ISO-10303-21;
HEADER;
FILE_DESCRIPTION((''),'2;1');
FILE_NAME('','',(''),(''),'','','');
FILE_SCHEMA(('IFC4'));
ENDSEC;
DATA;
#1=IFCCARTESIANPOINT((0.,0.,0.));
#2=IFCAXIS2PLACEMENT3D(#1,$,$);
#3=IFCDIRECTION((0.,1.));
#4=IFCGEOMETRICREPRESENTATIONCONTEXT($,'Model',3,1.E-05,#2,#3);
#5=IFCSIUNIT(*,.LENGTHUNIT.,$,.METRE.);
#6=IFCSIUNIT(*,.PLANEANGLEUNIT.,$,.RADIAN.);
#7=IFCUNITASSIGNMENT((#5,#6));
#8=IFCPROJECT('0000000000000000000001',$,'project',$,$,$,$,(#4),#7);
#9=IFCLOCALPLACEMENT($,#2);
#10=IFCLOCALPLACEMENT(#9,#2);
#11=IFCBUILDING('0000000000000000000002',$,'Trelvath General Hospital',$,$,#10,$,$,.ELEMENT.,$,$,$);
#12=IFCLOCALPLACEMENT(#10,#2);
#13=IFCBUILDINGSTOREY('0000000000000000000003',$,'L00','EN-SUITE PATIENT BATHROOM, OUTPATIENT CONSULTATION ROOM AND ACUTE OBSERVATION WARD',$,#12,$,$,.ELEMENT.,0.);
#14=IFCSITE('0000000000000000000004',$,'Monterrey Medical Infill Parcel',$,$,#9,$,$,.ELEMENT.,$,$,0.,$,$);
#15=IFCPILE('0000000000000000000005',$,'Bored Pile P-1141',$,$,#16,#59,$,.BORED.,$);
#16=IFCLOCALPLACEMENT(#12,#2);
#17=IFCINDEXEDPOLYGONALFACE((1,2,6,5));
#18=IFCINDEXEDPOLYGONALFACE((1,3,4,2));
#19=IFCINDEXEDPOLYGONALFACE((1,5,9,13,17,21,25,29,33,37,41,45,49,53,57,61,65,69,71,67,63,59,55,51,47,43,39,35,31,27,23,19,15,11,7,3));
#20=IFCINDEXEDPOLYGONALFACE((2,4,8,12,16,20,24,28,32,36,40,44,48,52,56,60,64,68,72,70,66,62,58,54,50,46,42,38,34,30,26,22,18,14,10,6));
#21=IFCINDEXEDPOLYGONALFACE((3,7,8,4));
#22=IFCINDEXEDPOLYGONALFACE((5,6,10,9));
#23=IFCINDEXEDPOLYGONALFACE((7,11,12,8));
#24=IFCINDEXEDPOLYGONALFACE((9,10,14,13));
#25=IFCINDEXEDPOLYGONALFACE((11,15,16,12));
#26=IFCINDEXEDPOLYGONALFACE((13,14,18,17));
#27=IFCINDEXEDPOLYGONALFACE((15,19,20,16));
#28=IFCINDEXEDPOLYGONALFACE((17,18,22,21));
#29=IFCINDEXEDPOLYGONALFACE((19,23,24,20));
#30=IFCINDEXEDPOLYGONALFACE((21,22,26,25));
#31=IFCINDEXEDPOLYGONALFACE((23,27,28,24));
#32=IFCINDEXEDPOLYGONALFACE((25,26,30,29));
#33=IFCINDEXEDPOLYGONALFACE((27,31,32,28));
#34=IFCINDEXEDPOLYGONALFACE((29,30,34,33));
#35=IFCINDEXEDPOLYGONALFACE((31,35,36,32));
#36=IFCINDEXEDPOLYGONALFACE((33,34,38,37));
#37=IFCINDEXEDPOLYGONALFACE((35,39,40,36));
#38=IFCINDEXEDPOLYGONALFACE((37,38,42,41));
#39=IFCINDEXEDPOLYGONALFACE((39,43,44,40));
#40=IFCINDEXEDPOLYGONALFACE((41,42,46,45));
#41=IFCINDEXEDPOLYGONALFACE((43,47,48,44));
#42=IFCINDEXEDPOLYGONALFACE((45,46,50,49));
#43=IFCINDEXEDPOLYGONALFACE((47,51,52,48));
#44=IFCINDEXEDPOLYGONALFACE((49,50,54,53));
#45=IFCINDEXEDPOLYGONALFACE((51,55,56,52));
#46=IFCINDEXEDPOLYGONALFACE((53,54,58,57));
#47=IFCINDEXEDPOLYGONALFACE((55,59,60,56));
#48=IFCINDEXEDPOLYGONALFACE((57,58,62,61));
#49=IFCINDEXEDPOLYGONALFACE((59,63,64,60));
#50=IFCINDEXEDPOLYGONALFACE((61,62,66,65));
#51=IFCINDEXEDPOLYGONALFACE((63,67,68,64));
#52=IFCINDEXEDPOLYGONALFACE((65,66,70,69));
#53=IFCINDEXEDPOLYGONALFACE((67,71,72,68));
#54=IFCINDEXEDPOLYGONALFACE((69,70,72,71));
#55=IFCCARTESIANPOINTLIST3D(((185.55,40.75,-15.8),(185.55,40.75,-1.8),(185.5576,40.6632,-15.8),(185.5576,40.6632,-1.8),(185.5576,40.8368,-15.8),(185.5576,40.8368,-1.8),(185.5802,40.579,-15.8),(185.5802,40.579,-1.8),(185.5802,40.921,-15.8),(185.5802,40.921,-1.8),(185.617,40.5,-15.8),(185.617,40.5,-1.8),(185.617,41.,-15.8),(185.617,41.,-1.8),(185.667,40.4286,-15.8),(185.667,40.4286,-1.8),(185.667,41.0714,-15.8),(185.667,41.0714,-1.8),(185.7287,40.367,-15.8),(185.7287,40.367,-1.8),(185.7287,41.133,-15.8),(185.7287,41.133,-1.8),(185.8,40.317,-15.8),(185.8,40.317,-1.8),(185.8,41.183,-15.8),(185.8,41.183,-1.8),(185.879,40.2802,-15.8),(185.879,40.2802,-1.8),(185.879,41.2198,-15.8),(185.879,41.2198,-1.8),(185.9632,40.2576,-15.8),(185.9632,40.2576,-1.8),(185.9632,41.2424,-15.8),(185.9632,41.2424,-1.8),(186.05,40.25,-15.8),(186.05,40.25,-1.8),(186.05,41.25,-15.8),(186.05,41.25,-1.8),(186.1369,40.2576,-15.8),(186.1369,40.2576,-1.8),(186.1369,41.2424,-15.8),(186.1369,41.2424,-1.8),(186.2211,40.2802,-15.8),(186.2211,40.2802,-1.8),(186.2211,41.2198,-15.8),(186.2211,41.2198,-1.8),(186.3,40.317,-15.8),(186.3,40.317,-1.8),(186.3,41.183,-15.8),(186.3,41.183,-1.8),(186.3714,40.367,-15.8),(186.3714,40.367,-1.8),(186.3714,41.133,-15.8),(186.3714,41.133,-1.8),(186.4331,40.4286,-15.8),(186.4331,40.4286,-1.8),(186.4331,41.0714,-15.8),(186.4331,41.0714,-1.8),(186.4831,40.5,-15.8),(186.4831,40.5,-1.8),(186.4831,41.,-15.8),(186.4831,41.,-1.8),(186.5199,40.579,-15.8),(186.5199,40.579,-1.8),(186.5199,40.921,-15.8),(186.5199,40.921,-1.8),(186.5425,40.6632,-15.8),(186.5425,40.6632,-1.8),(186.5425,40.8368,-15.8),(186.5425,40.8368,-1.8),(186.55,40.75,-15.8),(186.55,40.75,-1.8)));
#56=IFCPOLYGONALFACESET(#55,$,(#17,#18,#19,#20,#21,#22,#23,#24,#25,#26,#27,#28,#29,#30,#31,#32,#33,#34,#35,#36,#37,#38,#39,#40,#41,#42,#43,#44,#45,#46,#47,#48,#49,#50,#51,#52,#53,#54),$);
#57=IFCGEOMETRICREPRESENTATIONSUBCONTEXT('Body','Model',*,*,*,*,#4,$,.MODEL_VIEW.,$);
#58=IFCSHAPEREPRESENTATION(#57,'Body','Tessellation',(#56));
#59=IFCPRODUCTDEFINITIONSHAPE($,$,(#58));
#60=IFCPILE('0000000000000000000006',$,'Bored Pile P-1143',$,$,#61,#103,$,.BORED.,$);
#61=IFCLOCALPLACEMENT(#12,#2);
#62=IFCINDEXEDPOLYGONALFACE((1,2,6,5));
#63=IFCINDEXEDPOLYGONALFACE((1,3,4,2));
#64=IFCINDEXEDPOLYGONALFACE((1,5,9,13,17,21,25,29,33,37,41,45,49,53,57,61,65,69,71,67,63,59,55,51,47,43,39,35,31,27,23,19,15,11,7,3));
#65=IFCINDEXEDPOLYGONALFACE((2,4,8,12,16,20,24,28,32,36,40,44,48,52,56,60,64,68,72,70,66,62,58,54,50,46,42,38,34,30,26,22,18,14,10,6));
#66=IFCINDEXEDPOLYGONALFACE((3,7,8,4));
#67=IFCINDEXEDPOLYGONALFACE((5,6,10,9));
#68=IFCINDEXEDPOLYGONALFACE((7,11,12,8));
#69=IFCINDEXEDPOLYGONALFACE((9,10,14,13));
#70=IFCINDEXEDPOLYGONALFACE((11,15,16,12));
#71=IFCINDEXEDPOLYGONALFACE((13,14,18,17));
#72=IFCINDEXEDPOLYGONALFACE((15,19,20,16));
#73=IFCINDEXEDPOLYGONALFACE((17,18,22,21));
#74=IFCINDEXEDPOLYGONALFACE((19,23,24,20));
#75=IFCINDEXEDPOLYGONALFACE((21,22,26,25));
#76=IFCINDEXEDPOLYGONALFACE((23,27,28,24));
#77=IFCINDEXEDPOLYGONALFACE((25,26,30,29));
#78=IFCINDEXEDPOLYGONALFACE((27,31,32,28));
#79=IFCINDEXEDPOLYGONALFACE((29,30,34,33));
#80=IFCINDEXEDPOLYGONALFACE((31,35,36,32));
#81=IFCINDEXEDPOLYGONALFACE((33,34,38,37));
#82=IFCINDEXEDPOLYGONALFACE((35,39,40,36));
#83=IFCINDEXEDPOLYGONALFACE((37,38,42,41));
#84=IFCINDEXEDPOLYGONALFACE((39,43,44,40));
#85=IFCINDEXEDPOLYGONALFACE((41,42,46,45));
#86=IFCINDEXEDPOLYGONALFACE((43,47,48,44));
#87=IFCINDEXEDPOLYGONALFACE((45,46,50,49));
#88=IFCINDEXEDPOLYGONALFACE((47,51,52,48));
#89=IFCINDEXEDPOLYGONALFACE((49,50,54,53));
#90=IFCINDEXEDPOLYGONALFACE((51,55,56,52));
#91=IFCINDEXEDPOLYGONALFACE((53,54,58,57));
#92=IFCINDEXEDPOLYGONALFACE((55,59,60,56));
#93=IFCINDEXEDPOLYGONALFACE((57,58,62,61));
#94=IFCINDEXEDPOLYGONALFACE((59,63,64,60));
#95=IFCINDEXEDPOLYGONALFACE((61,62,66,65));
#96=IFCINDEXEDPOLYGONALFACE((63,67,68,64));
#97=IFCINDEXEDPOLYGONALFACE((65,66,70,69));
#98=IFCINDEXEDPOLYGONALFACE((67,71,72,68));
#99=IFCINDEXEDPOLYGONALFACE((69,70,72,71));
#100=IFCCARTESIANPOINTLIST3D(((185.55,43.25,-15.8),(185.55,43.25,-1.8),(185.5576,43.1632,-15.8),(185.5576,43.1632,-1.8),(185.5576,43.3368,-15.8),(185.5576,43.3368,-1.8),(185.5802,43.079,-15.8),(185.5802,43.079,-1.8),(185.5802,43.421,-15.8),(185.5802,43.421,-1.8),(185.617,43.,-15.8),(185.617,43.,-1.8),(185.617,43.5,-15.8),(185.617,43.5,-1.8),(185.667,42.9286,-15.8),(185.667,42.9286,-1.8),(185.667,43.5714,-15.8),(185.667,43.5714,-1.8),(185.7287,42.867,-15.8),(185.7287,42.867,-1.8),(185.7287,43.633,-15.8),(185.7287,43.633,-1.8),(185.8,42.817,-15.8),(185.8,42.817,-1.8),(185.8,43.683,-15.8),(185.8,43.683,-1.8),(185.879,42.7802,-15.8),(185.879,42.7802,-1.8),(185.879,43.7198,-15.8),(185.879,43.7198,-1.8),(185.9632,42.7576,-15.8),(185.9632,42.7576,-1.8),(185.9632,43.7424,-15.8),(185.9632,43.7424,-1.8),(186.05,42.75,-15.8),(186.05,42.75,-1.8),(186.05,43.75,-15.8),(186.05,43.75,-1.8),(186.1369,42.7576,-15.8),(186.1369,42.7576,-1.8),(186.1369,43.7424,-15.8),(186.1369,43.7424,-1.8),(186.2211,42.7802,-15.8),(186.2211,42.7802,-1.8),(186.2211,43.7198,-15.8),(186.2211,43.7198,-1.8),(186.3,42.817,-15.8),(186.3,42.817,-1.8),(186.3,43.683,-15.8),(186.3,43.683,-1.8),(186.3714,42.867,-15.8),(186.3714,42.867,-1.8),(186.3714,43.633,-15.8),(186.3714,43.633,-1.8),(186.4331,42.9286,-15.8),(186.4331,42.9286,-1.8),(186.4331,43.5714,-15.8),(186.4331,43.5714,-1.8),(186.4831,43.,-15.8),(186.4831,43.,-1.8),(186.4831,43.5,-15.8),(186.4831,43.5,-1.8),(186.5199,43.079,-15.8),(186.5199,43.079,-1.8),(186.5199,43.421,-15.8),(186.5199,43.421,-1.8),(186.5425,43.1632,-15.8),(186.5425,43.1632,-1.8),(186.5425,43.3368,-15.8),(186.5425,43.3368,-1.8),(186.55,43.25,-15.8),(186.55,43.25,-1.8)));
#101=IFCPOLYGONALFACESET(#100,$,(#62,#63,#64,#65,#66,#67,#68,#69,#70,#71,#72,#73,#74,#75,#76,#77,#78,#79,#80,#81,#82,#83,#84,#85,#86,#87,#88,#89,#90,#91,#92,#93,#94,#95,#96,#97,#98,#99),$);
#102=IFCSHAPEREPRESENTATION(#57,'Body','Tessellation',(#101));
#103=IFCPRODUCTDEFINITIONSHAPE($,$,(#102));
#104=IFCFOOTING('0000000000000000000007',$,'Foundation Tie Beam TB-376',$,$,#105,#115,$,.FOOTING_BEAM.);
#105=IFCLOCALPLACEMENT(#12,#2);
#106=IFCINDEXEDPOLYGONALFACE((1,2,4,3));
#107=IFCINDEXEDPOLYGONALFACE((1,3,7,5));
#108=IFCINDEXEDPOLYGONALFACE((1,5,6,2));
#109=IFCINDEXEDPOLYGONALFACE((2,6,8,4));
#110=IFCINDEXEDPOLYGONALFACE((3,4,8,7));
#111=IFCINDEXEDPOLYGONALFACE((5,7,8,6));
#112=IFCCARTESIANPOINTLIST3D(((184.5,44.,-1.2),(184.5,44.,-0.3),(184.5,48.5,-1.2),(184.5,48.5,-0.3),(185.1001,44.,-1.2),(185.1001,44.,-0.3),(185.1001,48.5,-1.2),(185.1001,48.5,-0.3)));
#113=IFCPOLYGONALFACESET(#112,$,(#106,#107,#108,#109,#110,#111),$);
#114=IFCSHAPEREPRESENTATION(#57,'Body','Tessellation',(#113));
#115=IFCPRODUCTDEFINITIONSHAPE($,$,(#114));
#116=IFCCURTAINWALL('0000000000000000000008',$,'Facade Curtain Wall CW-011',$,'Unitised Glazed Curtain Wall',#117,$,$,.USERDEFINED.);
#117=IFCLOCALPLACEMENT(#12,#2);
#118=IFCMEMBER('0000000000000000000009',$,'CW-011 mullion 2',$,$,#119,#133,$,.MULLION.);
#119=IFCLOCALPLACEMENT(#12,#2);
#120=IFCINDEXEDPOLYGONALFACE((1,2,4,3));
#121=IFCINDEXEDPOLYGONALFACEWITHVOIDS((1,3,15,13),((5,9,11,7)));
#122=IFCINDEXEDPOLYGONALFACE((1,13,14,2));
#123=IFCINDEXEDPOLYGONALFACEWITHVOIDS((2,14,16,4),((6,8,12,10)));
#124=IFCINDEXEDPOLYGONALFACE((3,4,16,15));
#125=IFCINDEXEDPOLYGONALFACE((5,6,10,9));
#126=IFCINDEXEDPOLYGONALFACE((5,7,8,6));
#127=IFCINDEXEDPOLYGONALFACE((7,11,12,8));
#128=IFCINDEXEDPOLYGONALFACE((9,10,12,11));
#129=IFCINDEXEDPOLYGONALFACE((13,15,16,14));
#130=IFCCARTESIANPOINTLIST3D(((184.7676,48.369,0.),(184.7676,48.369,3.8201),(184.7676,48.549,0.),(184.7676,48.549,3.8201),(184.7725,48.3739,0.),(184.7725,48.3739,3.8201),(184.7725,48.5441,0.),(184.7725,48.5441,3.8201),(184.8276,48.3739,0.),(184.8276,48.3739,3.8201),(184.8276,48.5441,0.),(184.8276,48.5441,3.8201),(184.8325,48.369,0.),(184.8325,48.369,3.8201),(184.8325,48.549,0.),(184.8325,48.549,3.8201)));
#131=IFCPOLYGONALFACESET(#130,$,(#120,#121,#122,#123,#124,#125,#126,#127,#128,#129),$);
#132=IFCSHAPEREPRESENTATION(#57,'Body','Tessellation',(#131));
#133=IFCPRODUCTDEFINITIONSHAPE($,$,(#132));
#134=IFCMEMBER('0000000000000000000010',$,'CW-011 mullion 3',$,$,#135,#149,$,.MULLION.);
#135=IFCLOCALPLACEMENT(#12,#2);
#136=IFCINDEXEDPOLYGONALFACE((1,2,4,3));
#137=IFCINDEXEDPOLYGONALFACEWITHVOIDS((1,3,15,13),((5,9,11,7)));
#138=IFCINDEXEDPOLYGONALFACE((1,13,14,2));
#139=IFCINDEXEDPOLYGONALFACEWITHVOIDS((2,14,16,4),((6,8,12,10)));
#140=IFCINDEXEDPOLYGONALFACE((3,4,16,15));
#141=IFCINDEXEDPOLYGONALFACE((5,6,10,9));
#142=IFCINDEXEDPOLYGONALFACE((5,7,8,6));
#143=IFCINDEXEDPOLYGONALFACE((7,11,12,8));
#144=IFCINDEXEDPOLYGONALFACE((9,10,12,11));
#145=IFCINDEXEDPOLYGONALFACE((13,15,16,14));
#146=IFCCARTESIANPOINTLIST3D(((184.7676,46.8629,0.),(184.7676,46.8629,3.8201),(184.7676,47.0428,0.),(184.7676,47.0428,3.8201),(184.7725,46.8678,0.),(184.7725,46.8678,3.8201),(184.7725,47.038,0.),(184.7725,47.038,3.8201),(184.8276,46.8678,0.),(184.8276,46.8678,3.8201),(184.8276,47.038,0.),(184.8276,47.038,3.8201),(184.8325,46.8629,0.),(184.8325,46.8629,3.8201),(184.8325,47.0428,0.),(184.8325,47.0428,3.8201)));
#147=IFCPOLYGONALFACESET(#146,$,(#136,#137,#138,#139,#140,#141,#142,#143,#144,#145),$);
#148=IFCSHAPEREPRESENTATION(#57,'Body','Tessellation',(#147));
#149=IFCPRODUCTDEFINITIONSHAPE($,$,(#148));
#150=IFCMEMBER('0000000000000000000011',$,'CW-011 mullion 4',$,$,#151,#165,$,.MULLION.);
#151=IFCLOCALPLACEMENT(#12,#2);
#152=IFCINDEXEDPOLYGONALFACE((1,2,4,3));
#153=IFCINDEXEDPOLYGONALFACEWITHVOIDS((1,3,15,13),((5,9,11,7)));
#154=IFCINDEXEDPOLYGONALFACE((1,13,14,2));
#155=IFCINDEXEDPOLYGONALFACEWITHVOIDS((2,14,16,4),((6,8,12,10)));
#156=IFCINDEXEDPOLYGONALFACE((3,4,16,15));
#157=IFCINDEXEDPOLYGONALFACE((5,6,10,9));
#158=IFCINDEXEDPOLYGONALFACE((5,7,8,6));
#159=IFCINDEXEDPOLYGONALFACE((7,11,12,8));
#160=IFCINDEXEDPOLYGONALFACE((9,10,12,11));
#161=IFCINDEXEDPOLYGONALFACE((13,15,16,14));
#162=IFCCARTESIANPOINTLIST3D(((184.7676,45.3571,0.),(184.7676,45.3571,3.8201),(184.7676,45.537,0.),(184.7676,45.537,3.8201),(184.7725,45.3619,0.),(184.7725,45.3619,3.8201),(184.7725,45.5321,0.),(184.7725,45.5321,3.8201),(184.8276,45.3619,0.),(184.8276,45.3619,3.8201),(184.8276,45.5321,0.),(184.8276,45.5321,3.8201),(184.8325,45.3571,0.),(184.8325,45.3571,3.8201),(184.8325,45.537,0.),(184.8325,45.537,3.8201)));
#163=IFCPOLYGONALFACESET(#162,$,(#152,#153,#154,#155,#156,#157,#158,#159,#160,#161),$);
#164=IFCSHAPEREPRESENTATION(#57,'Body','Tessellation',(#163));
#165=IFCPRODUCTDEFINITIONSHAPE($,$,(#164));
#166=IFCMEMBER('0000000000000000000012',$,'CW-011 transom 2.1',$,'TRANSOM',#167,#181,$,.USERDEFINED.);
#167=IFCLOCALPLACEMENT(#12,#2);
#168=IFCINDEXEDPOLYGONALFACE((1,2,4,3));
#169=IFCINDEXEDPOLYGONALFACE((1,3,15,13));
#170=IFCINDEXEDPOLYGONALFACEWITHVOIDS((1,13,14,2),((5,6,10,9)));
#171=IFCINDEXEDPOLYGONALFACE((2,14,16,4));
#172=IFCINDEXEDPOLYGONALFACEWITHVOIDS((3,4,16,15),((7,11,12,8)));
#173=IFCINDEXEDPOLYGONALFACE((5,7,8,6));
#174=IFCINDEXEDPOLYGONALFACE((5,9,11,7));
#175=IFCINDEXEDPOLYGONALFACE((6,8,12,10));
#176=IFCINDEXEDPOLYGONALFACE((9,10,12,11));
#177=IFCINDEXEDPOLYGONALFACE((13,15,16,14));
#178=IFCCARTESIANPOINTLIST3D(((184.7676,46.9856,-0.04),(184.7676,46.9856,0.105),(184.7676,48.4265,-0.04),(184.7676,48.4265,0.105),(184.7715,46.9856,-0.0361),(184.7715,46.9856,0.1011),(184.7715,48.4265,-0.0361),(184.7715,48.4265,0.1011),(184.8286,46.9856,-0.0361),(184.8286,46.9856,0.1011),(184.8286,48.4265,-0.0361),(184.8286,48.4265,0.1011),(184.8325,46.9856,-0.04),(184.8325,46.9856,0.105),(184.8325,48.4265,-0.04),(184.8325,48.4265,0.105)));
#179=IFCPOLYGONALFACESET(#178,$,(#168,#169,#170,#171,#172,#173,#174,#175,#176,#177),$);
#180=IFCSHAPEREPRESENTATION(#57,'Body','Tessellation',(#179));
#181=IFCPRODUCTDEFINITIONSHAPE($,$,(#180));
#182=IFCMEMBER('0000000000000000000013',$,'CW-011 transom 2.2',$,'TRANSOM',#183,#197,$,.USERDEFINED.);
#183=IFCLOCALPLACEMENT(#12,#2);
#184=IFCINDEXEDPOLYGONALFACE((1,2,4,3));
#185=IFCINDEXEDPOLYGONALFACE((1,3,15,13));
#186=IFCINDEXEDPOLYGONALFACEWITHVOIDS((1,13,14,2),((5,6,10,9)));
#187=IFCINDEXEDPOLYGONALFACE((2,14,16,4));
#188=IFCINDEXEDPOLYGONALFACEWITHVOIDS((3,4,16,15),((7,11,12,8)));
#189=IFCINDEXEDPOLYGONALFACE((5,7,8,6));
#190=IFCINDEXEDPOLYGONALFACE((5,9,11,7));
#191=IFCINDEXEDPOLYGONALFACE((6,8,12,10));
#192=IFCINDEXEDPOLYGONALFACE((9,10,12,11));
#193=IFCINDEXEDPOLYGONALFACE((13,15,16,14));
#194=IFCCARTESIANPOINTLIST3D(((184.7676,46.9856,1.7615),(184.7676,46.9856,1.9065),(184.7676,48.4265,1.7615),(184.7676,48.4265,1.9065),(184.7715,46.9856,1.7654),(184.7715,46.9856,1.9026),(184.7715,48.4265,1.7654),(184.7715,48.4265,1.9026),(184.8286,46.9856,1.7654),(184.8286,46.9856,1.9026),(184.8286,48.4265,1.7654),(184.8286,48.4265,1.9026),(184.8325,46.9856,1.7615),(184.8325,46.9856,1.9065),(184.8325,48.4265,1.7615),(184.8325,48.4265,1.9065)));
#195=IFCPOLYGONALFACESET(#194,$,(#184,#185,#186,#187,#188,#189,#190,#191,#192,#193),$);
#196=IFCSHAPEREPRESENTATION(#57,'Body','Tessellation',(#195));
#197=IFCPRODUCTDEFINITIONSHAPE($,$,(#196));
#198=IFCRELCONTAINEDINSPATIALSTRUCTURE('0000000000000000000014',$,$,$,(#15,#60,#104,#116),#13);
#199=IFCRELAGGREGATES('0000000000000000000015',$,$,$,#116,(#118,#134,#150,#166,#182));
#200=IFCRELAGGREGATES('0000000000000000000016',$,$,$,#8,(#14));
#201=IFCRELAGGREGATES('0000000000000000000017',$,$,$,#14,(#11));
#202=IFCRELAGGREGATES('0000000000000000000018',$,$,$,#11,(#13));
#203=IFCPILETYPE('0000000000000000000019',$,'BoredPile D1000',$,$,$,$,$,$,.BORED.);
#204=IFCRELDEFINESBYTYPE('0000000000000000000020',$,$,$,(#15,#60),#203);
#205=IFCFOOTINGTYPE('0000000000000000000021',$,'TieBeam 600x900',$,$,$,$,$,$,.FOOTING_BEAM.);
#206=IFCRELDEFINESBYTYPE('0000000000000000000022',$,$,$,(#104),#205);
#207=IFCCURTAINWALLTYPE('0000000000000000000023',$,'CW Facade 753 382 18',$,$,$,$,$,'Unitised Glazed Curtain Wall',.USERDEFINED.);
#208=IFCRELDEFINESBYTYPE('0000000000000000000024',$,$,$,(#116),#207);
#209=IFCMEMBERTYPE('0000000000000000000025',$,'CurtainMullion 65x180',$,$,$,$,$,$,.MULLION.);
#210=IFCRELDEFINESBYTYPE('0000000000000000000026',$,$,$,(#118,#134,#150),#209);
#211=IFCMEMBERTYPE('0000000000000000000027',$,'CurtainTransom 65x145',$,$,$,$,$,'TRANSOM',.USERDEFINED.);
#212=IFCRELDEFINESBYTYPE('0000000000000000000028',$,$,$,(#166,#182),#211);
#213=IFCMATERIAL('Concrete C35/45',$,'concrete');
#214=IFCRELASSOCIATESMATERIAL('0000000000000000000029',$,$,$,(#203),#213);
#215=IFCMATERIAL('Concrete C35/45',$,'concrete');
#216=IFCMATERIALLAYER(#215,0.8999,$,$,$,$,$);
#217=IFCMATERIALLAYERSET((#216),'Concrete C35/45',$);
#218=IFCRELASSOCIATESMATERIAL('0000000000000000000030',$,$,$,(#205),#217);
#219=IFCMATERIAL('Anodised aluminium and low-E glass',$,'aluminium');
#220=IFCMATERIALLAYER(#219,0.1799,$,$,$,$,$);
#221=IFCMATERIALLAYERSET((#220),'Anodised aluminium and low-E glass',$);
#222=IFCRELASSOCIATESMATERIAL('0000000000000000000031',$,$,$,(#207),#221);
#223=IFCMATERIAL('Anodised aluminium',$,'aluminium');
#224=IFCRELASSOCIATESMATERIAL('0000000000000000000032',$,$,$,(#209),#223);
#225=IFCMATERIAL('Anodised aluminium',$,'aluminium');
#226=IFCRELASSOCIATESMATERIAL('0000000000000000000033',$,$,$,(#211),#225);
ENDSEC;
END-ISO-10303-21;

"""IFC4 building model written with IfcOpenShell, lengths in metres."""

from ifc_helpers import new_model, si_unit, direction, frame, origin, origin_2d, place, context, subcontext, project, spatial, rectangle, hollow_rectangle, circle, extrude, material, layer, layer_set, material_profile, profile_set, type_object, element, aggregate, save


model = new_model("IFC4")

# Units and contexts
model_context = context("Model", 3, precision=1e-05, world=origin(), true_north=direction((0.0, 1.0)))
body_context = subcontext(model_context, "Body", "Model", "MODEL_VIEW")
ifc_project = project(units=[si_unit("LENGTHUNIT", "METRE"), si_unit("PLANEANGLEUNIT", "RADIAN")], contexts=[model_context])

# Site, building, storey
site_placement = place(None, origin())
site = spatial("IfcSite", under=ifc_project, at=site_placement, Name="Monterrey Medical Infill Parcel", CompositionType="ELEMENT", RefElevation=0.0)
building_placement = place(site_placement, origin())
building = spatial("IfcBuilding", under=site, at=building_placement, Name="Trelvath General Hospital", CompositionType="ELEMENT")
storey_placement = place(building_placement, origin())
storey = spatial("IfcBuildingStorey", under=building, at=storey_placement, Name="L00", Description="EN-SUITE PATIENT BATHROOM, OUTPATIENT CONSULTATION ROOM AND ACUTE OBSERVATION WARD", CompositionType="ELEMENT", Elevation=0.0)

# Piles
ifc_material_1 = material(Name="Concrete C35/45", Category="concrete")
ifc_material_profile_1 = material_profile(ifc_material_1, circle(Radius=0.5, at=origin_2d()), Name="PILE1000")
ifc_profile_set_1 = profile_set([ifc_material_profile_1], Name="Concrete C35/45")
pile_type = type_object("IfcPileType", Name="BoredPile D1000", PredefinedType="BORED", material=ifc_profile_set_1)
for number, where, z_axis, x_axis, name in (
    (1, (186.05, 40.75, -1.8), (0.0, 0.0, -1.0), (1.0, 0.0, 0.0), "Bored Pile P-1141"),
    (2, (186.05, 43.25, -1.8), (0.0, 0.0, -1.0), (1.0, 0.0, 0.0), "Bored Pile P-1143"),
):
    element("IfcPile", number, at=place(storey_placement, frame(where, z_axis=z_axis, x_axis=x_axis)), inside=storey, type_object=pile_type, Name=name, PredefinedType="BORED", context=body_context, shape_type="SweptSolid", body=[
        extrude(circle(Radius=0.5, at=origin_2d()), origin(), (0.0, 0.0, 1.0), 14.0),
    ])

# Footing
ifc_material_2 = material(Name="Concrete C35/45", Category="concrete")
ifc_layer_1 = layer(ifc_material_2, 0.8999)
ifc_layer_set_1 = layer_set([ifc_layer_1], Name="Concrete C35/45")
footing_type = type_object("IfcFootingType", Name="TieBeam 600x900", PredefinedType="FOOTING_BEAM", material=ifc_layer_set_1)
footing_placement = place(storey_placement, frame((184.8, 46.25, -1.2), z_axis=(0.0, 0.0, 1.0), x_axis=(1.0, 0.0, 0.0)))
element("IfcFooting", 3, at=footing_placement, inside=storey, type_object=footing_type, Name="Foundation Tie Beam TB-376", PredefinedType="FOOTING_BEAM", context=body_context, shape_type="SweptSolid", body=[
    extrude(rectangle(XDim=0.6001, YDim=4.5, at=origin_2d()), origin(), (0.0, 0.0, 1.0), 0.8999),
])

# Curtain wall, members
ifc_material_3 = material(Name="Anodised aluminium and low-E glass", Category="aluminium")
ifc_layer_2 = layer(ifc_material_3, 0.1799)
ifc_layer_set_2 = layer_set([ifc_layer_2], Name="Anodised aluminium and low-E glass")
curtain_wall_type = type_object("IfcCurtainWallType", Name="CW Facade 753 382 18", ElementType="Unitised Glazed Curtain Wall", PredefinedType="USERDEFINED", material=ifc_layer_set_2)
curtain_wall_placement = place(storey_placement, origin())
curtain_wall = element("IfcCurtainWall", 4, at=curtain_wall_placement, inside=storey, type_object=curtain_wall_type, Name="Facade Curtain Wall CW-011", ObjectType="Unitised Glazed Curtain Wall", PredefinedType="USERDEFINED")
ifc_material_4 = material(Name="Anodised aluminium", Category="aluminium")
ifc_material_profile_2 = material_profile(ifc_material_4, hollow_rectangle(XDim=0.0649, YDim=0.1799, WallThickness=0.0049, at=origin_2d()), Name="RHS65x180x5")
ifc_profile_set_2 = profile_set([ifc_material_profile_2], Name="Anodised aluminium")
member_type_1 = type_object("IfcMemberType", Name="CurtainMullion 65x180", PredefinedType="MULLION", material=ifc_profile_set_2)
member_1_placement = place(storey_placement, frame((184.8, 48.459, 0.0), z_axis=(0.0, 0.0, 1.0), x_axis=(1.0, 0.0, 0.0)))
member_1 = element("IfcMember", 5, at=member_1_placement, type_object=member_type_1, Name="CW-011 mullion 2", PredefinedType="MULLION", context=body_context, shape_type="SweptSolid", body=[
    extrude(hollow_rectangle(XDim=0.0649, YDim=0.1799, WallThickness=0.0049, at=origin_2d()), origin(), (0.0, 0.0, 1.0), 3.8201),
])
member_2_placement = place(storey_placement, frame((184.8, 46.9529, 0.0), z_axis=(0.0, 0.0, 1.0), x_axis=(1.0, 0.0, 0.0)))
member_2 = element("IfcMember", 6, at=member_2_placement, type_object=member_type_1, Name="CW-011 mullion 3", PredefinedType="MULLION", context=body_context, shape_type="SweptSolid", body=[
    extrude(hollow_rectangle(XDim=0.0649, YDim=0.1799, WallThickness=0.0049, at=origin_2d()), origin(), (0.0, 0.0, 1.0), 3.8201),
])
member_3_placement = place(storey_placement, frame((184.8, 45.447, 0.0), z_axis=(0.0, 0.0, 1.0), x_axis=(1.0, 0.0, 0.0)))
member_3 = element("IfcMember", 7, at=member_3_placement, type_object=member_type_1, Name="CW-011 mullion 4", PredefinedType="MULLION", context=body_context, shape_type="SweptSolid", body=[
    extrude(hollow_rectangle(XDim=0.0649, YDim=0.1799, WallThickness=0.0049, at=origin_2d()), origin(), (0.0, 0.0, 1.0), 3.8201),
])
ifc_material_5 = material(Name="Anodised aluminium", Category="aluminium")
ifc_material_profile_3 = material_profile(ifc_material_5, hollow_rectangle(XDim=0.0649, YDim=0.145, WallThickness=0.0039, at=origin_2d()), Name="RHS65x145x4")
ifc_profile_set_3 = profile_set([ifc_material_profile_3], Name="Anodised aluminium")
member_type_2 = type_object("IfcMemberType", Name="CurtainTransom 65x145", ElementType="TRANSOM", PredefinedType="USERDEFINED", material=ifc_profile_set_3)
member_4_placement = place(storey_placement, frame((184.8, 48.4265, 0.0325), z_axis=(0.0, -1.0, 0.0), x_axis=(1.0, 0.0, 0.0)))
member_4 = element("IfcMember", 8, at=member_4_placement, type_object=member_type_2, Name="CW-011 transom 2.1", ObjectType="TRANSOM", PredefinedType="USERDEFINED", context=body_context, shape_type="SweptSolid", body=[
    extrude(hollow_rectangle(XDim=0.0649, YDim=0.145, WallThickness=0.0039, at=origin_2d()), origin(), (0.0, 0.0, 1.0), 1.4409),
])
member_5_placement = place(storey_placement, frame((184.8, 48.4265, 1.834), z_axis=(0.0, -1.0, 0.0), x_axis=(1.0, 0.0, 0.0)))
member_5 = element("IfcMember", 9, at=member_5_placement, type_object=member_type_2, Name="CW-011 transom 2.2", ObjectType="TRANSOM", PredefinedType="USERDEFINED", context=body_context, shape_type="SweptSolid", body=[
    extrude(hollow_rectangle(XDim=0.0649, YDim=0.145, WallThickness=0.0039, at=origin_2d()), origin(), (0.0, 0.0, 1.0), 1.4409),
])
aggregate(curtain_wall, [member_1, member_2, member_3, member_4, member_5])

save(model, "model.ifc")
